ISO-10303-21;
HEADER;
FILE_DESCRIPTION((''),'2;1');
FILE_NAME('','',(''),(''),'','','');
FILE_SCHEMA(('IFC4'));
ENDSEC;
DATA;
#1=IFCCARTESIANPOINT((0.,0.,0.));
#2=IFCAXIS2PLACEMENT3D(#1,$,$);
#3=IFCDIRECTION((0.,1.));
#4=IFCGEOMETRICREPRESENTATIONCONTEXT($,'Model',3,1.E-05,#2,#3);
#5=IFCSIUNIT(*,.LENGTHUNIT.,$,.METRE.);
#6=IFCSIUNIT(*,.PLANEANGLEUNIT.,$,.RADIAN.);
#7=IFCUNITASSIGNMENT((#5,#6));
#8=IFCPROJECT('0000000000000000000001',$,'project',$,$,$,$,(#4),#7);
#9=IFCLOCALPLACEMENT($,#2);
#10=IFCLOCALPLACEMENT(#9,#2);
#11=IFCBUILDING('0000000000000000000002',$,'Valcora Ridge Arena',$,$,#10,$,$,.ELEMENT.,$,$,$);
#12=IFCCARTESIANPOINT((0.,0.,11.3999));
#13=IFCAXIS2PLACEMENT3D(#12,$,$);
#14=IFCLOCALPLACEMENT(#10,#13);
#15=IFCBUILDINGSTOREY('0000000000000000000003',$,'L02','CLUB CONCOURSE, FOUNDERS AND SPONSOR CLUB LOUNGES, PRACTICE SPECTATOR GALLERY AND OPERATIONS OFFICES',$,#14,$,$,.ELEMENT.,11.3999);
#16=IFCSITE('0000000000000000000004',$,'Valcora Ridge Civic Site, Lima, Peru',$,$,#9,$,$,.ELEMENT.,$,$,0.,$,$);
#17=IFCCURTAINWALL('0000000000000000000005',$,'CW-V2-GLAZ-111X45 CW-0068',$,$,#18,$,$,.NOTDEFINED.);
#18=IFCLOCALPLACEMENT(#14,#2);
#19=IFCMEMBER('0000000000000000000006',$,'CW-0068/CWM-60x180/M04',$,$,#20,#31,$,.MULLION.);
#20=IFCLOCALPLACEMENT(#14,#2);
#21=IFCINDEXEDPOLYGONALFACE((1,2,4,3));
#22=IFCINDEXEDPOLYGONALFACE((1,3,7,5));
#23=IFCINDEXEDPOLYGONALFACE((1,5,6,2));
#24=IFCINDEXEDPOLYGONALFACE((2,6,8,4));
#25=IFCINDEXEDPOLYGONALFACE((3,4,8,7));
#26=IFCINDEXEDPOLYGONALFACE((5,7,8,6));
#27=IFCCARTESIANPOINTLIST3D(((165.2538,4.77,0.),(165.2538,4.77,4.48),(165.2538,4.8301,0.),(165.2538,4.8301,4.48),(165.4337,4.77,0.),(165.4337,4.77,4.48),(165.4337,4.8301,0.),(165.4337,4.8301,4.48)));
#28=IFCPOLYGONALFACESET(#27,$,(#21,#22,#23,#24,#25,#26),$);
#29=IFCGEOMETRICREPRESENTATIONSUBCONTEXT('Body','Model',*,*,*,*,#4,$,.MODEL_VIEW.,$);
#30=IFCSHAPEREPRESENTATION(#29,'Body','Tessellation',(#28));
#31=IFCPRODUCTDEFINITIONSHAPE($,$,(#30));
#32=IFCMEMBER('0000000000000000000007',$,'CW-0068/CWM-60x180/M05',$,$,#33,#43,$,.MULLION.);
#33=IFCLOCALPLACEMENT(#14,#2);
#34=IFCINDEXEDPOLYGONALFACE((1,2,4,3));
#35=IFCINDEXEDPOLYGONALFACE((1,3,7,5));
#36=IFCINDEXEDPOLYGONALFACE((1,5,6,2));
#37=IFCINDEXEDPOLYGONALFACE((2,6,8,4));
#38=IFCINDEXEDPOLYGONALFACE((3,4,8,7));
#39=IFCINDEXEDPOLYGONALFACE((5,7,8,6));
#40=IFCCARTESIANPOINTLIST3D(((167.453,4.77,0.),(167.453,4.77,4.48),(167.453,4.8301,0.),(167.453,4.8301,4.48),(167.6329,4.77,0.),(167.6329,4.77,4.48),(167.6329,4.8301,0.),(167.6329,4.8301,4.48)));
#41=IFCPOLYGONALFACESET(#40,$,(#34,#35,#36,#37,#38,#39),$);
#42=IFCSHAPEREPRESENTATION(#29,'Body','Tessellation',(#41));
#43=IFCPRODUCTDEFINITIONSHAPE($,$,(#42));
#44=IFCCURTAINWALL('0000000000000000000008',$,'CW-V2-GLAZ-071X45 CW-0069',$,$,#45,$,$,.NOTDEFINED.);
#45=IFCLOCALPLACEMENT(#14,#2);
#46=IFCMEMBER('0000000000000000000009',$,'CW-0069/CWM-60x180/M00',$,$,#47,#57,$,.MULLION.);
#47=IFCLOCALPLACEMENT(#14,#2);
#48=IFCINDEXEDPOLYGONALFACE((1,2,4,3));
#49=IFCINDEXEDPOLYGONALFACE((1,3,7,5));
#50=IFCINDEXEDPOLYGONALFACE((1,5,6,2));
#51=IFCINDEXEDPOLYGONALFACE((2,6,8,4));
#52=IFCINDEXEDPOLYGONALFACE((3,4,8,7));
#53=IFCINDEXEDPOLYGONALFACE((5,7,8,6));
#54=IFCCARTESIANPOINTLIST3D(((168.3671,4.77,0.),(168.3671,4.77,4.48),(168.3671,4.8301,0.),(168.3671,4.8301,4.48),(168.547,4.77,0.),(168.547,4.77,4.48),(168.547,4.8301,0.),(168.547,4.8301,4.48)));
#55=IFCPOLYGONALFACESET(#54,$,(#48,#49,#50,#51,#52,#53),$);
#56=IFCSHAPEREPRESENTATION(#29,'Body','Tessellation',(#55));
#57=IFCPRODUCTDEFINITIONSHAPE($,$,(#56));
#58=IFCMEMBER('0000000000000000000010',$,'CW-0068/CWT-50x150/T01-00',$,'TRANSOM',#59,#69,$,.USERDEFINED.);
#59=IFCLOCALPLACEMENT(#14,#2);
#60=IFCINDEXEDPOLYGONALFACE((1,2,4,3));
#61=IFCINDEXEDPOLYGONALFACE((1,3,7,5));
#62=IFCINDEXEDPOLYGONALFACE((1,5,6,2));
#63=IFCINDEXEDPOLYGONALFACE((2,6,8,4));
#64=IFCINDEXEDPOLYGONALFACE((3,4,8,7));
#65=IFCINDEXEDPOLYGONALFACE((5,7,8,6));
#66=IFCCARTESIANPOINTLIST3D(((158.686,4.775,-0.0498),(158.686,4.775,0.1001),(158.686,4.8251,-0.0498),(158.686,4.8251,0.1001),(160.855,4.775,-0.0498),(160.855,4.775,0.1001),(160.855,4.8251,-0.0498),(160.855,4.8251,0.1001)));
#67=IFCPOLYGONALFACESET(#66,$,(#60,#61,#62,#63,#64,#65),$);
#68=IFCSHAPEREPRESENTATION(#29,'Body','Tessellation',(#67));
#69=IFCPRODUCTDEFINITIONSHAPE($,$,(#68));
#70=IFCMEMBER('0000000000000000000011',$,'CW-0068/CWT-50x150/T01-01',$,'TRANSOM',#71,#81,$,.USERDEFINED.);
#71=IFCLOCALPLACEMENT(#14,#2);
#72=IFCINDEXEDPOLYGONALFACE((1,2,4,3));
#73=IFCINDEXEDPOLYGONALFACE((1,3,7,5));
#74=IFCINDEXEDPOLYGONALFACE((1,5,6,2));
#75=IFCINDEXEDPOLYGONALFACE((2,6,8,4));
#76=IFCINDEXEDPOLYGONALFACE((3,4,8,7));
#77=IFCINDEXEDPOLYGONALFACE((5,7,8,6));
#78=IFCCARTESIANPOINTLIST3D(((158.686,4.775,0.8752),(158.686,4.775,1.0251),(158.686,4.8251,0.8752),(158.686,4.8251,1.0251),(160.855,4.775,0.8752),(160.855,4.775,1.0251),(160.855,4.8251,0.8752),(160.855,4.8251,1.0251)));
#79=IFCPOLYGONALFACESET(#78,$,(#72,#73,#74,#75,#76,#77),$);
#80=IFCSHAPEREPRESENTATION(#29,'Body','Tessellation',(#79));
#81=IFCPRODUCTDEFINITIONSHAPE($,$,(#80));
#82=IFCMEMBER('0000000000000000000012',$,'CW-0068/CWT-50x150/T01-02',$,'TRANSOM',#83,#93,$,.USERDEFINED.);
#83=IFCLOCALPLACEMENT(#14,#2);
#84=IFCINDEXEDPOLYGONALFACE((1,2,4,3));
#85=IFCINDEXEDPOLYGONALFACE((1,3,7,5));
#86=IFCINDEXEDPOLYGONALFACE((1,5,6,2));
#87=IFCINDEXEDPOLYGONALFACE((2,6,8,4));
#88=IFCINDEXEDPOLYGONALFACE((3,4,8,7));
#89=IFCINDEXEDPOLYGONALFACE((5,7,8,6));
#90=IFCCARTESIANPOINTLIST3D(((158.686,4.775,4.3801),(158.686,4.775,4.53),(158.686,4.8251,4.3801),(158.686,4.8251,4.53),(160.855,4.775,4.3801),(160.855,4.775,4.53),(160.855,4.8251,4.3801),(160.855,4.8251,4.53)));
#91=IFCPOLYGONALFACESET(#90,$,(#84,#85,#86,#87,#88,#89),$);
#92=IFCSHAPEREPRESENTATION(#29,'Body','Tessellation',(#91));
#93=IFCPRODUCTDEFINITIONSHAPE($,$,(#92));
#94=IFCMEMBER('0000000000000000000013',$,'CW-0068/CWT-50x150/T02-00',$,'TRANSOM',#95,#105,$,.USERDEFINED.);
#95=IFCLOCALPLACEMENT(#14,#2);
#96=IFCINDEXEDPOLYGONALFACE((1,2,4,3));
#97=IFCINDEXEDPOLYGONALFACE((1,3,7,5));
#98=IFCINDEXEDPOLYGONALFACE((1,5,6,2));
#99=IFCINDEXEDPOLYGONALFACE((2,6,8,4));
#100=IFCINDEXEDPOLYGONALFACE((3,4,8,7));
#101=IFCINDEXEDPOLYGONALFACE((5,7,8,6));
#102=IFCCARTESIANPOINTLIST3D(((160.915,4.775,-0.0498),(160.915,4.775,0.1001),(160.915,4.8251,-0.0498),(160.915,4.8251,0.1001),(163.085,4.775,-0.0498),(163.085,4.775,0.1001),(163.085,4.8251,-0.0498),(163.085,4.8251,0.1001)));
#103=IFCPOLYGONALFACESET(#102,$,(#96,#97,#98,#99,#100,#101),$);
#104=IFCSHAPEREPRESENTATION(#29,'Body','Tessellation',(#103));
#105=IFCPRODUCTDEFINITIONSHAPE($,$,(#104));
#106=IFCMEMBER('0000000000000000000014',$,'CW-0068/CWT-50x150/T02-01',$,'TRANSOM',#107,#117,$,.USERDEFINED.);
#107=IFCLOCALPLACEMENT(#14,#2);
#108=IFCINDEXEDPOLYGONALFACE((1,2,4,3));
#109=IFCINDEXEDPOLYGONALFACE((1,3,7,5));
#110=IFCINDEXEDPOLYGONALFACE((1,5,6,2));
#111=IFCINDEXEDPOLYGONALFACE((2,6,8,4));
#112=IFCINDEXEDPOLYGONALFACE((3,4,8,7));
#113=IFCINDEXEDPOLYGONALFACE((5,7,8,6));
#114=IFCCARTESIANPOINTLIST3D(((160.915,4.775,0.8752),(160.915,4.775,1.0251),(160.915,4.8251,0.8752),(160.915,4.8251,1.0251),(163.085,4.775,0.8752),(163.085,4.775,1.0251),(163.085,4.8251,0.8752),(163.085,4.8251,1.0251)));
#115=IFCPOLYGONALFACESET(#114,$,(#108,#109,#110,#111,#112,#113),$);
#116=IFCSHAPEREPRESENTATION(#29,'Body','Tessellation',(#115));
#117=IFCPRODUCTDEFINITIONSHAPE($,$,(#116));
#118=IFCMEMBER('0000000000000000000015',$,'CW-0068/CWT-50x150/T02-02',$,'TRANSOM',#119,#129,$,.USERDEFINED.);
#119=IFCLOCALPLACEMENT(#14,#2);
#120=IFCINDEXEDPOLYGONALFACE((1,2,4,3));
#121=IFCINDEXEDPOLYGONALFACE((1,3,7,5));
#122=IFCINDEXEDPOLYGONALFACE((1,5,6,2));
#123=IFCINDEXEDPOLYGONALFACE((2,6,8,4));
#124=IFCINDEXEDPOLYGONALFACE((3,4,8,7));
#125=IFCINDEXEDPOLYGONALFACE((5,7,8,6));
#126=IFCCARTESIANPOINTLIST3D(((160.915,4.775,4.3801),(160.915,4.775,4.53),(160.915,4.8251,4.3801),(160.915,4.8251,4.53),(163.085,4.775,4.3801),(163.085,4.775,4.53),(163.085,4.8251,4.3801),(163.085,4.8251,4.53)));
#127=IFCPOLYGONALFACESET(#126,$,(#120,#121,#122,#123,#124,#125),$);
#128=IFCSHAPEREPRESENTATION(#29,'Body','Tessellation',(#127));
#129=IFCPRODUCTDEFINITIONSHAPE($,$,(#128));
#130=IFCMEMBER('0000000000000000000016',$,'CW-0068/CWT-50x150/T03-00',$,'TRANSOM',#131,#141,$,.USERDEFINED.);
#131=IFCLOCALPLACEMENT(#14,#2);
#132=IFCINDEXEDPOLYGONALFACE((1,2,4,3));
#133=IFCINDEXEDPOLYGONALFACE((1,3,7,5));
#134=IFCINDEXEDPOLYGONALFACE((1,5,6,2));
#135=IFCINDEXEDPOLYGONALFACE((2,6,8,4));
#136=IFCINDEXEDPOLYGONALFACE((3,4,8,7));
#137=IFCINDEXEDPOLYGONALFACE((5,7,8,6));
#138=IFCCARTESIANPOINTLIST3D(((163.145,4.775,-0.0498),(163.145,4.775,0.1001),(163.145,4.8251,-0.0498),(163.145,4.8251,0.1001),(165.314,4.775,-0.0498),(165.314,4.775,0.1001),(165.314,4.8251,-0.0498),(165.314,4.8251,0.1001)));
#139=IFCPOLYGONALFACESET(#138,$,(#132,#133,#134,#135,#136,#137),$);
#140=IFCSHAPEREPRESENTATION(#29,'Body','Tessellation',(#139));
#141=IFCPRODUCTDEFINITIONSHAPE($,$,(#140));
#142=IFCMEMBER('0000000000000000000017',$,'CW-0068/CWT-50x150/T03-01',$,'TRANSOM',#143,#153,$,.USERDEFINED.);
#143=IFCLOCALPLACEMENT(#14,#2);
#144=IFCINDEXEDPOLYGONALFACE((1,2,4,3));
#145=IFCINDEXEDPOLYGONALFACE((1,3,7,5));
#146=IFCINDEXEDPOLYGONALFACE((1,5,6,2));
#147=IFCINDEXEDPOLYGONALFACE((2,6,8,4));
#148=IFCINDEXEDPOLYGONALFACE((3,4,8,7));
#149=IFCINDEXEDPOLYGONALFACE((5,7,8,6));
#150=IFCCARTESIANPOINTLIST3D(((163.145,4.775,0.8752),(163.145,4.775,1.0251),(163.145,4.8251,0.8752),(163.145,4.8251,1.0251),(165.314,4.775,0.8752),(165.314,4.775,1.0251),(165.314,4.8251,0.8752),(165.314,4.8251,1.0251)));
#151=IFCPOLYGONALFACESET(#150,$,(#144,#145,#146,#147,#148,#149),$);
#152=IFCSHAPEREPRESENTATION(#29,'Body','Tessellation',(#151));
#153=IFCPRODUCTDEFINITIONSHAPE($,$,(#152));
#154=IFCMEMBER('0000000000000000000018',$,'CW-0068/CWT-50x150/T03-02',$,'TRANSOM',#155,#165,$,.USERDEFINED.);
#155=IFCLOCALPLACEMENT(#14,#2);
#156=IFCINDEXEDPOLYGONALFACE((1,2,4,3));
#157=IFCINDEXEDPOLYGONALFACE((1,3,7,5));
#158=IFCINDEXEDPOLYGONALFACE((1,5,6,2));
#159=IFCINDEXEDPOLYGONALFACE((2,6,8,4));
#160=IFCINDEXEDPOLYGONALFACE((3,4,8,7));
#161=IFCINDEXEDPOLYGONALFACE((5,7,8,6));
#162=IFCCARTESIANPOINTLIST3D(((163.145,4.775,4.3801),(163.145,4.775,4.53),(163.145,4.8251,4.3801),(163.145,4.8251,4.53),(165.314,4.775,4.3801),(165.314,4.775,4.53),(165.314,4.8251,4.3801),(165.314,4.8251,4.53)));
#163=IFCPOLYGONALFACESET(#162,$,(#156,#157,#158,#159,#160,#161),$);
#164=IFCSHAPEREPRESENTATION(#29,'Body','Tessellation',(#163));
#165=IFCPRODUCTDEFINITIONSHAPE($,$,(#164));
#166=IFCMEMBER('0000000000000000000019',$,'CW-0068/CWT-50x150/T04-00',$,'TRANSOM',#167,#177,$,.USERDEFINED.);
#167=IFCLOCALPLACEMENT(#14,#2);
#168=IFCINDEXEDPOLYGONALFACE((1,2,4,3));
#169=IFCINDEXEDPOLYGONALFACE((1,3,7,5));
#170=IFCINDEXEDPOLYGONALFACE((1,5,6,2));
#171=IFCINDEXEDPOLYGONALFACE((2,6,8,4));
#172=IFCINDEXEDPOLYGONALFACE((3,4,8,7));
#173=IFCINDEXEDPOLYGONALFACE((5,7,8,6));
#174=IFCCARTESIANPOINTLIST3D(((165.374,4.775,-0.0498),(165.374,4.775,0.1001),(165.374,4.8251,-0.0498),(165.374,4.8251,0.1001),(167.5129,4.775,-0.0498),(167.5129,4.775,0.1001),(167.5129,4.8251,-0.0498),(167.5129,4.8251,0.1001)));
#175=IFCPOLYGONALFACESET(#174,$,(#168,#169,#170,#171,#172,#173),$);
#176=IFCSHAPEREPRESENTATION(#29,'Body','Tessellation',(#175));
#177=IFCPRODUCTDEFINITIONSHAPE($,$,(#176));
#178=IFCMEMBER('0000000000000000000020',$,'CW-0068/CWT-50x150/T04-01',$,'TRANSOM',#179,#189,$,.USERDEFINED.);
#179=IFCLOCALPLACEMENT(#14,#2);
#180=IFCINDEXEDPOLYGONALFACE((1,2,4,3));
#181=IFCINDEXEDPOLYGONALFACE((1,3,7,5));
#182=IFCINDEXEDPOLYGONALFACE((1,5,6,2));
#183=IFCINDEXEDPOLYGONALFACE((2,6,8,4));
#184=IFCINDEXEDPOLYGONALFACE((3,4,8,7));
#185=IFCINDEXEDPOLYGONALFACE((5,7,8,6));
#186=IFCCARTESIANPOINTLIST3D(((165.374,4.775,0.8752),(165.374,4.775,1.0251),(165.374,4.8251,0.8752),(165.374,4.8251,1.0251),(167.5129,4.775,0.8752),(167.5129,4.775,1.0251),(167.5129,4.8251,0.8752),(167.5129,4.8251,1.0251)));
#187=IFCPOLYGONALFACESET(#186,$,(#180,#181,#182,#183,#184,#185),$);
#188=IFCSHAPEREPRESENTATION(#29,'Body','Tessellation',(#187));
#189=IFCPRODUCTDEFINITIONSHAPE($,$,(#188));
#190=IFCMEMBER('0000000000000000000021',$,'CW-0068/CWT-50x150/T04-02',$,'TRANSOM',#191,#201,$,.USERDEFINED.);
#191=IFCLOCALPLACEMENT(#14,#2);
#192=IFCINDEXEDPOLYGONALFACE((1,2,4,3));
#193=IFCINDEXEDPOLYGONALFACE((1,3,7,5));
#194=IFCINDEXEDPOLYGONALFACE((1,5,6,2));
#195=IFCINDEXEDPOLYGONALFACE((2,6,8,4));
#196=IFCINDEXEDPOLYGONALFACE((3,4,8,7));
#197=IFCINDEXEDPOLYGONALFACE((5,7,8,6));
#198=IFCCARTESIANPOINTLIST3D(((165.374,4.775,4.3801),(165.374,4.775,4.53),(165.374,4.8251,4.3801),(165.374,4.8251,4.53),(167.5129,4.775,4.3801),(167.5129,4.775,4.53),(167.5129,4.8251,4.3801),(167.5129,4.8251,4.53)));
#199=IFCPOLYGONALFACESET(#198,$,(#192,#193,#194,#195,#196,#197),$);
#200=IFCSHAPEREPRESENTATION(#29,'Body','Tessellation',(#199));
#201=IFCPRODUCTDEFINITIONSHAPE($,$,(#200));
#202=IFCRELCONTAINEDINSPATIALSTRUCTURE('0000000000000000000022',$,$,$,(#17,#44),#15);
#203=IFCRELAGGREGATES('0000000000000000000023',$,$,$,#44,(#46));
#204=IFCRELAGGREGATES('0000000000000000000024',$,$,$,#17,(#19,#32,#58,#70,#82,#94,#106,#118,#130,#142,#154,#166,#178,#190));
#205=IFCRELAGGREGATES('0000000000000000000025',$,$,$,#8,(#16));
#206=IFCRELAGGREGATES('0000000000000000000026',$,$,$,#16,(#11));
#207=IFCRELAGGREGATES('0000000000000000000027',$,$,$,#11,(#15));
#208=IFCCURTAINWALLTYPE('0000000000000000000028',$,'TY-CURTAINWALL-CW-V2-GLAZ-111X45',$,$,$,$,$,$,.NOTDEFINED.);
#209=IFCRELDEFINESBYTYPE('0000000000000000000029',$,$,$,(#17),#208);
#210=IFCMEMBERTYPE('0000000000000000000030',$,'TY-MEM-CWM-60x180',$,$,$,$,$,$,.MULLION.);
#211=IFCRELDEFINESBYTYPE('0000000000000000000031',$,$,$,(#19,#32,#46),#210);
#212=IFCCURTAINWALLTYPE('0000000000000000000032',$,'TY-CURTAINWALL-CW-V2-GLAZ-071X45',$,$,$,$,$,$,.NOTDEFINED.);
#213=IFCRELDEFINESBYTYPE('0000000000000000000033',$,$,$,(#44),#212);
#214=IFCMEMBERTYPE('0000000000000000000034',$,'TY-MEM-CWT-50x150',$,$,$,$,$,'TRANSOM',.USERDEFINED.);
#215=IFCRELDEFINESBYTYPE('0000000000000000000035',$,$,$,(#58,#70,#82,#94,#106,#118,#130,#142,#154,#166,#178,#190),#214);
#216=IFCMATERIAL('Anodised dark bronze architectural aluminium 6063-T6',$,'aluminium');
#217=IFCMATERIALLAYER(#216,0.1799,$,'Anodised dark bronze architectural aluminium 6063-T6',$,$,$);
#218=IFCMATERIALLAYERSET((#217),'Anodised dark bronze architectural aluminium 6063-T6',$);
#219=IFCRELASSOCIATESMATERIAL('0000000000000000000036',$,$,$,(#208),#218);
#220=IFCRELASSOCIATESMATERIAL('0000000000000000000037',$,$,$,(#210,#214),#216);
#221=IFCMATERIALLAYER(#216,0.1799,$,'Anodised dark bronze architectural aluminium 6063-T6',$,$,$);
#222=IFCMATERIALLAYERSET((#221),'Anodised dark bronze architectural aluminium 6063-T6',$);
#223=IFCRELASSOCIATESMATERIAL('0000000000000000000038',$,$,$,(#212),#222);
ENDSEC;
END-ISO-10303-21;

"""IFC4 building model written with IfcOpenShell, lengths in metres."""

from ifc_helpers import new_model, si_unit, direction, frame, origin, origin_2d, place, context, subcontext, project, spatial, rectangle, extrude, material, layer, layer_set, material_profile, profile_set, type_object, element, aggregate, save


model = new_model("IFC4")

# Units and contexts
model_context = context("Model", 3, precision=1e-05, world=origin(), true_north=direction((0.0, 1.0)))
body_context = subcontext(model_context, "Body", "Model", "MODEL_VIEW")
ifc_project = project(units=[si_unit("LENGTHUNIT", "METRE"), si_unit("PLANEANGLEUNIT", "RADIAN")], contexts=[model_context])

# Site, building, storey
site_placement = place(None, origin())
site = spatial("IfcSite", under=ifc_project, at=site_placement, Name="Valcora Ridge Civic Site, Lima, Peru", CompositionType="ELEMENT", RefElevation=0.0)
building_placement = place(site_placement, origin())
building = spatial("IfcBuilding", under=site, at=building_placement, Name="Valcora Ridge Arena", CompositionType="ELEMENT")
storey_placement = place(building_placement, frame((0.0, 0.0, 11.3999)))
storey = spatial("IfcBuildingStorey", under=building, at=storey_placement, Name="L02", Description="CLUB CONCOURSE, FOUNDERS AND SPONSOR CLUB LOUNGES, PRACTICE SPECTATOR GALLERY AND OPERATIONS OFFICES", CompositionType="ELEMENT", Elevation=11.3999)

# Curtain wall, members
ifc_material_1 = material(Name="Anodised dark bronze architectural aluminium 6063-T6", Category="aluminium")
ifc_layer_1 = layer(ifc_material_1, 0.1799, Name="Anodised dark bronze architectural aluminium 6063-T6")
ifc_layer_set_1 = layer_set([ifc_layer_1], Name="Anodised dark bronze architectural aluminium 6063-T6")
curtain_wall_type_1 = type_object("IfcCurtainWallType", Name="TY-CURTAINWALL-CW-V2-GLAZ-111X45", PredefinedType="NOTDEFINED", material=ifc_layer_set_1)
curtain_wall_1_placement = place(storey_placement, origin())
curtain_wall_1 = element("IfcCurtainWall", 1, at=curtain_wall_1_placement, inside=storey, type_object=curtain_wall_type_1, Name="CW-V2-GLAZ-111X45 CW-0068", PredefinedType="NOTDEFINED")
ifc_material_profile_1 = material_profile(ifc_material_1, rectangle(XDim=0.0601, YDim=0.1799, at=origin_2d()), Name="ALU MULLION 60x180")
ifc_profile_set_1 = profile_set([ifc_material_profile_1], Name="Anodised dark bronze architectural aluminium 6063-T6")
member_type_1 = type_object("IfcMemberType", Name="TY-MEM-CWM-60x180", PredefinedType="MULLION", material=ifc_profile_set_1)
member_1_placement = place(storey_placement, frame((165.3438, 4.8, 0.0), z_axis=(0.0, 0.0, 1.0), x_axis=(0.0, 1.0, 0.0)))
member_1 = element("IfcMember", 2, at=member_1_placement, type_object=member_type_1, Name="CW-0068/CWM-60x180/M04", PredefinedType="MULLION", context=body_context, shape_type="SweptSolid", body=[
    extrude(rectangle(XDim=0.0601, YDim=0.1799, at=origin_2d()), origin(), (0.0, 0.0, 1.0), 4.48),
])
member_2_placement = place(storey_placement, frame((167.543, 4.8, 0.0), z_axis=(0.0, 0.0, 1.0), x_axis=(0.0, 1.0, 0.0)))
member_2 = element("IfcMember", 3, at=member_2_placement, type_object=member_type_1, Name="CW-0068/CWM-60x180/M05", PredefinedType="MULLION", context=body_context, shape_type="SweptSolid", body=[
    extrude(rectangle(XDim=0.0601, YDim=0.1799, at=origin_2d()), origin(), (0.0, 0.0, 1.0), 4.48),
])

# Curtain wall, member
ifc_layer_2 = layer(ifc_material_1, 0.1799, Name="Anodised dark bronze architectural aluminium 6063-T6")
ifc_layer_set_2 = layer_set([ifc_layer_2], Name="Anodised dark bronze architectural aluminium 6063-T6")
curtain_wall_type_2 = type_object("IfcCurtainWallType", Name="TY-CURTAINWALL-CW-V2-GLAZ-071X45", PredefinedType="NOTDEFINED", material=ifc_layer_set_2)
curtain_wall_2_placement = place(storey_placement, origin())
curtain_wall_2 = element("IfcCurtainWall", 4, at=curtain_wall_2_placement, inside=storey, type_object=curtain_wall_type_2, Name="CW-V2-GLAZ-071X45 CW-0069", PredefinedType="NOTDEFINED")
member_3_placement = place(storey_placement, frame((168.457, 4.8, 0.0), z_axis=(0.0, 0.0, 1.0), x_axis=(0.0, 1.0, 0.0)))
member_3 = element("IfcMember", 5, at=member_3_placement, type_object=member_type_1, Name="CW-0069/CWM-60x180/M00", PredefinedType="MULLION", context=body_context, shape_type="SweptSolid", body=[
    extrude(rectangle(XDim=0.0601, YDim=0.1799, at=origin_2d()), origin(), (0.0, 0.0, 1.0), 4.48),
])

# Members
ifc_material_profile_2 = material_profile(ifc_material_1, rectangle(XDim=0.05, YDim=0.1499, at=origin_2d()), Name="ALU TRANSOM 50x150")
ifc_profile_set_2 = profile_set([ifc_material_profile_2], Name="Anodised dark bronze architectural aluminium 6063-T6")
member_type_2 = type_object("IfcMemberType", Name="TY-MEM-CWT-50x150", ElementType="TRANSOM", PredefinedType="USERDEFINED", material=ifc_profile_set_2)
member_4_placement = place(storey_placement, frame((158.686, 4.8, 0.0251), z_axis=(1.0, 0.0, 0.0), x_axis=(0.0, 1.0, 0.0)))
member_4 = element("IfcMember", 6, at=member_4_placement, type_object=member_type_2, Name="CW-0068/CWT-50x150/T01-00", ObjectType="TRANSOM", PredefinedType="USERDEFINED", context=body_context, shape_type="SweptSolid", body=[
    extrude(rectangle(XDim=0.05, YDim=0.1499, at=origin_2d()), origin(), (0.0, 0.0, 1.0), 2.1689),
])
member_5_placement = place(storey_placement, frame((158.686, 4.8, 0.9502), z_axis=(1.0, 0.0, 0.0), x_axis=(0.0, 1.0, 0.0)))
member_5 = element("IfcMember", 7, at=member_5_placement, type_object=member_type_2, Name="CW-0068/CWT-50x150/T01-01", ObjectType="TRANSOM", PredefinedType="USERDEFINED", context=body_context, shape_type="SweptSolid", body=[
    extrude(rectangle(XDim=0.05, YDim=0.1499, at=origin_2d()), origin(), (0.0, 0.0, 1.0), 2.1689),
])
member_6_placement = place(storey_placement, frame((158.686, 4.8, 4.4551), z_axis=(1.0, 0.0, 0.0), x_axis=(0.0, 1.0, 0.0)))
member_6 = element("IfcMember", 8, at=member_6_placement, type_object=member_type_2, Name="CW-0068/CWT-50x150/T01-02", ObjectType="TRANSOM", PredefinedType="USERDEFINED", context=body_context, shape_type="SweptSolid", body=[
    extrude(rectangle(XDim=0.05, YDim=0.1499, at=origin_2d()), origin(), (0.0, 0.0, 1.0), 2.1689),
])
member_7_placement = place(storey_placement, frame((160.915, 4.8, 0.0251), z_axis=(1.0, 0.0, 0.0), x_axis=(0.0, 1.0, 0.0)))
member_7 = element("IfcMember", 9, at=member_7_placement, type_object=member_type_2, Name="CW-0068/CWT-50x150/T02-00", ObjectType="TRANSOM", PredefinedType="USERDEFINED", context=body_context, shape_type="SweptSolid", body=[
    extrude(rectangle(XDim=0.05, YDim=0.1499, at=origin_2d()), origin(), (0.0, 0.0, 1.0), 2.1699),
])
member_8_placement = place(storey_placement, frame((160.915, 4.8, 0.9502), z_axis=(1.0, 0.0, 0.0), x_axis=(0.0, 1.0, 0.0)))
member_8 = element("IfcMember", 10, at=member_8_placement, type_object=member_type_2, Name="CW-0068/CWT-50x150/T02-01", ObjectType="TRANSOM", PredefinedType="USERDEFINED", context=body_context, shape_type="SweptSolid", body=[
    extrude(rectangle(XDim=0.05, YDim=0.1499, at=origin_2d()), origin(), (0.0, 0.0, 1.0), 2.1699),
])
member_9_placement = place(storey_placement, frame((160.915, 4.8, 4.4551), z_axis=(1.0, 0.0, 0.0), x_axis=(0.0, 1.0, 0.0)))
member_9 = element("IfcMember", 11, at=member_9_placement, type_object=member_type_2, Name="CW-0068/CWT-50x150/T02-02", ObjectType="TRANSOM", PredefinedType="USERDEFINED", context=body_context, shape_type="SweptSolid", body=[
    extrude(rectangle(XDim=0.05, YDim=0.1499, at=origin_2d()), origin(), (0.0, 0.0, 1.0), 2.1699),
])
member_10_placement = place(storey_placement, frame((163.145, 4.8, 0.0251), z_axis=(1.0, 0.0, 0.0), x_axis=(0.0, 1.0, 0.0)))
member_10 = element("IfcMember", 12, at=member_10_placement, type_object=member_type_2, Name="CW-0068/CWT-50x150/T03-00", ObjectType="TRANSOM", PredefinedType="USERDEFINED", context=body_context, shape_type="SweptSolid", body=[
    extrude(rectangle(XDim=0.05, YDim=0.1499, at=origin_2d()), origin(), (0.0, 0.0, 1.0), 2.1689),
])
member_11_placement = place(storey_placement, frame((163.145, 4.8, 0.9502), z_axis=(1.0, 0.0, 0.0), x_axis=(0.0, 1.0, 0.0)))
member_11 = element("IfcMember", 13, at=member_11_placement, type_object=member_type_2, Name="CW-0068/CWT-50x150/T03-01", ObjectType="TRANSOM", PredefinedType="USERDEFINED", context=body_context, shape_type="SweptSolid", body=[
    extrude(rectangle(XDim=0.05, YDim=0.1499, at=origin_2d()), origin(), (0.0, 0.0, 1.0), 2.1689),
])
member_12_placement = place(storey_placement, frame((163.145, 4.8, 4.4551), z_axis=(1.0, 0.0, 0.0), x_axis=(0.0, 1.0, 0.0)))
member_12 = element("IfcMember", 14, at=member_12_placement, type_object=member_type_2, Name="CW-0068/CWT-50x150/T03-02", ObjectType="TRANSOM", PredefinedType="USERDEFINED", context=body_context, shape_type="SweptSolid", body=[
    extrude(rectangle(XDim=0.05, YDim=0.1499, at=origin_2d()), origin(), (0.0, 0.0, 1.0), 2.1689),
])
member_13_placement = place(storey_placement, frame((165.374, 4.8, 0.0251), z_axis=(1.0, 0.0, 0.0), x_axis=(0.0, 1.0, 0.0)))
member_13 = element("IfcMember", 15, at=member_13_placement, type_object=member_type_2, Name="CW-0068/CWT-50x150/T04-00", ObjectType="TRANSOM", PredefinedType="USERDEFINED", context=body_context, shape_type="SweptSolid", body=[
    extrude(rectangle(XDim=0.05, YDim=0.1499, at=origin_2d()), origin(), (0.0, 0.0, 1.0), 2.1389),
])
member_14_placement = place(storey_placement, frame((165.374, 4.8, 0.9502), z_axis=(1.0, 0.0, 0.0), x_axis=(0.0, 1.0, 0.0)))
member_14 = element("IfcMember", 16, at=member_14_placement, type_object=member_type_2, Name="CW-0068/CWT-50x150/T04-01", ObjectType="TRANSOM", PredefinedType="USERDEFINED", context=body_context, shape_type="SweptSolid", body=[
    extrude(rectangle(XDim=0.05, YDim=0.1499, at=origin_2d()), origin(), (0.0, 0.0, 1.0), 2.1389),
])
member_15_placement = place(storey_placement, frame((165.374, 4.8, 4.4551), z_axis=(1.0, 0.0, 0.0), x_axis=(0.0, 1.0, 0.0)))
member_15 = element("IfcMember", 17, at=member_15_placement, type_object=member_type_2, Name="CW-0068/CWT-50x150/T04-02", ObjectType="TRANSOM", PredefinedType="USERDEFINED", context=body_context, shape_type="SweptSolid", body=[
    extrude(rectangle(XDim=0.05, YDim=0.1499, at=origin_2d()), origin(), (0.0, 0.0, 1.0), 2.1389),
])
aggregate(curtain_wall_2, [member_3])

aggregate(curtain_wall_1, [member_1, member_2, member_4, member_5, member_6, member_7, member_8, member_9, member_10, member_11, member_12, member_13, member_14, member_15])

save(model, "model.ifc")
